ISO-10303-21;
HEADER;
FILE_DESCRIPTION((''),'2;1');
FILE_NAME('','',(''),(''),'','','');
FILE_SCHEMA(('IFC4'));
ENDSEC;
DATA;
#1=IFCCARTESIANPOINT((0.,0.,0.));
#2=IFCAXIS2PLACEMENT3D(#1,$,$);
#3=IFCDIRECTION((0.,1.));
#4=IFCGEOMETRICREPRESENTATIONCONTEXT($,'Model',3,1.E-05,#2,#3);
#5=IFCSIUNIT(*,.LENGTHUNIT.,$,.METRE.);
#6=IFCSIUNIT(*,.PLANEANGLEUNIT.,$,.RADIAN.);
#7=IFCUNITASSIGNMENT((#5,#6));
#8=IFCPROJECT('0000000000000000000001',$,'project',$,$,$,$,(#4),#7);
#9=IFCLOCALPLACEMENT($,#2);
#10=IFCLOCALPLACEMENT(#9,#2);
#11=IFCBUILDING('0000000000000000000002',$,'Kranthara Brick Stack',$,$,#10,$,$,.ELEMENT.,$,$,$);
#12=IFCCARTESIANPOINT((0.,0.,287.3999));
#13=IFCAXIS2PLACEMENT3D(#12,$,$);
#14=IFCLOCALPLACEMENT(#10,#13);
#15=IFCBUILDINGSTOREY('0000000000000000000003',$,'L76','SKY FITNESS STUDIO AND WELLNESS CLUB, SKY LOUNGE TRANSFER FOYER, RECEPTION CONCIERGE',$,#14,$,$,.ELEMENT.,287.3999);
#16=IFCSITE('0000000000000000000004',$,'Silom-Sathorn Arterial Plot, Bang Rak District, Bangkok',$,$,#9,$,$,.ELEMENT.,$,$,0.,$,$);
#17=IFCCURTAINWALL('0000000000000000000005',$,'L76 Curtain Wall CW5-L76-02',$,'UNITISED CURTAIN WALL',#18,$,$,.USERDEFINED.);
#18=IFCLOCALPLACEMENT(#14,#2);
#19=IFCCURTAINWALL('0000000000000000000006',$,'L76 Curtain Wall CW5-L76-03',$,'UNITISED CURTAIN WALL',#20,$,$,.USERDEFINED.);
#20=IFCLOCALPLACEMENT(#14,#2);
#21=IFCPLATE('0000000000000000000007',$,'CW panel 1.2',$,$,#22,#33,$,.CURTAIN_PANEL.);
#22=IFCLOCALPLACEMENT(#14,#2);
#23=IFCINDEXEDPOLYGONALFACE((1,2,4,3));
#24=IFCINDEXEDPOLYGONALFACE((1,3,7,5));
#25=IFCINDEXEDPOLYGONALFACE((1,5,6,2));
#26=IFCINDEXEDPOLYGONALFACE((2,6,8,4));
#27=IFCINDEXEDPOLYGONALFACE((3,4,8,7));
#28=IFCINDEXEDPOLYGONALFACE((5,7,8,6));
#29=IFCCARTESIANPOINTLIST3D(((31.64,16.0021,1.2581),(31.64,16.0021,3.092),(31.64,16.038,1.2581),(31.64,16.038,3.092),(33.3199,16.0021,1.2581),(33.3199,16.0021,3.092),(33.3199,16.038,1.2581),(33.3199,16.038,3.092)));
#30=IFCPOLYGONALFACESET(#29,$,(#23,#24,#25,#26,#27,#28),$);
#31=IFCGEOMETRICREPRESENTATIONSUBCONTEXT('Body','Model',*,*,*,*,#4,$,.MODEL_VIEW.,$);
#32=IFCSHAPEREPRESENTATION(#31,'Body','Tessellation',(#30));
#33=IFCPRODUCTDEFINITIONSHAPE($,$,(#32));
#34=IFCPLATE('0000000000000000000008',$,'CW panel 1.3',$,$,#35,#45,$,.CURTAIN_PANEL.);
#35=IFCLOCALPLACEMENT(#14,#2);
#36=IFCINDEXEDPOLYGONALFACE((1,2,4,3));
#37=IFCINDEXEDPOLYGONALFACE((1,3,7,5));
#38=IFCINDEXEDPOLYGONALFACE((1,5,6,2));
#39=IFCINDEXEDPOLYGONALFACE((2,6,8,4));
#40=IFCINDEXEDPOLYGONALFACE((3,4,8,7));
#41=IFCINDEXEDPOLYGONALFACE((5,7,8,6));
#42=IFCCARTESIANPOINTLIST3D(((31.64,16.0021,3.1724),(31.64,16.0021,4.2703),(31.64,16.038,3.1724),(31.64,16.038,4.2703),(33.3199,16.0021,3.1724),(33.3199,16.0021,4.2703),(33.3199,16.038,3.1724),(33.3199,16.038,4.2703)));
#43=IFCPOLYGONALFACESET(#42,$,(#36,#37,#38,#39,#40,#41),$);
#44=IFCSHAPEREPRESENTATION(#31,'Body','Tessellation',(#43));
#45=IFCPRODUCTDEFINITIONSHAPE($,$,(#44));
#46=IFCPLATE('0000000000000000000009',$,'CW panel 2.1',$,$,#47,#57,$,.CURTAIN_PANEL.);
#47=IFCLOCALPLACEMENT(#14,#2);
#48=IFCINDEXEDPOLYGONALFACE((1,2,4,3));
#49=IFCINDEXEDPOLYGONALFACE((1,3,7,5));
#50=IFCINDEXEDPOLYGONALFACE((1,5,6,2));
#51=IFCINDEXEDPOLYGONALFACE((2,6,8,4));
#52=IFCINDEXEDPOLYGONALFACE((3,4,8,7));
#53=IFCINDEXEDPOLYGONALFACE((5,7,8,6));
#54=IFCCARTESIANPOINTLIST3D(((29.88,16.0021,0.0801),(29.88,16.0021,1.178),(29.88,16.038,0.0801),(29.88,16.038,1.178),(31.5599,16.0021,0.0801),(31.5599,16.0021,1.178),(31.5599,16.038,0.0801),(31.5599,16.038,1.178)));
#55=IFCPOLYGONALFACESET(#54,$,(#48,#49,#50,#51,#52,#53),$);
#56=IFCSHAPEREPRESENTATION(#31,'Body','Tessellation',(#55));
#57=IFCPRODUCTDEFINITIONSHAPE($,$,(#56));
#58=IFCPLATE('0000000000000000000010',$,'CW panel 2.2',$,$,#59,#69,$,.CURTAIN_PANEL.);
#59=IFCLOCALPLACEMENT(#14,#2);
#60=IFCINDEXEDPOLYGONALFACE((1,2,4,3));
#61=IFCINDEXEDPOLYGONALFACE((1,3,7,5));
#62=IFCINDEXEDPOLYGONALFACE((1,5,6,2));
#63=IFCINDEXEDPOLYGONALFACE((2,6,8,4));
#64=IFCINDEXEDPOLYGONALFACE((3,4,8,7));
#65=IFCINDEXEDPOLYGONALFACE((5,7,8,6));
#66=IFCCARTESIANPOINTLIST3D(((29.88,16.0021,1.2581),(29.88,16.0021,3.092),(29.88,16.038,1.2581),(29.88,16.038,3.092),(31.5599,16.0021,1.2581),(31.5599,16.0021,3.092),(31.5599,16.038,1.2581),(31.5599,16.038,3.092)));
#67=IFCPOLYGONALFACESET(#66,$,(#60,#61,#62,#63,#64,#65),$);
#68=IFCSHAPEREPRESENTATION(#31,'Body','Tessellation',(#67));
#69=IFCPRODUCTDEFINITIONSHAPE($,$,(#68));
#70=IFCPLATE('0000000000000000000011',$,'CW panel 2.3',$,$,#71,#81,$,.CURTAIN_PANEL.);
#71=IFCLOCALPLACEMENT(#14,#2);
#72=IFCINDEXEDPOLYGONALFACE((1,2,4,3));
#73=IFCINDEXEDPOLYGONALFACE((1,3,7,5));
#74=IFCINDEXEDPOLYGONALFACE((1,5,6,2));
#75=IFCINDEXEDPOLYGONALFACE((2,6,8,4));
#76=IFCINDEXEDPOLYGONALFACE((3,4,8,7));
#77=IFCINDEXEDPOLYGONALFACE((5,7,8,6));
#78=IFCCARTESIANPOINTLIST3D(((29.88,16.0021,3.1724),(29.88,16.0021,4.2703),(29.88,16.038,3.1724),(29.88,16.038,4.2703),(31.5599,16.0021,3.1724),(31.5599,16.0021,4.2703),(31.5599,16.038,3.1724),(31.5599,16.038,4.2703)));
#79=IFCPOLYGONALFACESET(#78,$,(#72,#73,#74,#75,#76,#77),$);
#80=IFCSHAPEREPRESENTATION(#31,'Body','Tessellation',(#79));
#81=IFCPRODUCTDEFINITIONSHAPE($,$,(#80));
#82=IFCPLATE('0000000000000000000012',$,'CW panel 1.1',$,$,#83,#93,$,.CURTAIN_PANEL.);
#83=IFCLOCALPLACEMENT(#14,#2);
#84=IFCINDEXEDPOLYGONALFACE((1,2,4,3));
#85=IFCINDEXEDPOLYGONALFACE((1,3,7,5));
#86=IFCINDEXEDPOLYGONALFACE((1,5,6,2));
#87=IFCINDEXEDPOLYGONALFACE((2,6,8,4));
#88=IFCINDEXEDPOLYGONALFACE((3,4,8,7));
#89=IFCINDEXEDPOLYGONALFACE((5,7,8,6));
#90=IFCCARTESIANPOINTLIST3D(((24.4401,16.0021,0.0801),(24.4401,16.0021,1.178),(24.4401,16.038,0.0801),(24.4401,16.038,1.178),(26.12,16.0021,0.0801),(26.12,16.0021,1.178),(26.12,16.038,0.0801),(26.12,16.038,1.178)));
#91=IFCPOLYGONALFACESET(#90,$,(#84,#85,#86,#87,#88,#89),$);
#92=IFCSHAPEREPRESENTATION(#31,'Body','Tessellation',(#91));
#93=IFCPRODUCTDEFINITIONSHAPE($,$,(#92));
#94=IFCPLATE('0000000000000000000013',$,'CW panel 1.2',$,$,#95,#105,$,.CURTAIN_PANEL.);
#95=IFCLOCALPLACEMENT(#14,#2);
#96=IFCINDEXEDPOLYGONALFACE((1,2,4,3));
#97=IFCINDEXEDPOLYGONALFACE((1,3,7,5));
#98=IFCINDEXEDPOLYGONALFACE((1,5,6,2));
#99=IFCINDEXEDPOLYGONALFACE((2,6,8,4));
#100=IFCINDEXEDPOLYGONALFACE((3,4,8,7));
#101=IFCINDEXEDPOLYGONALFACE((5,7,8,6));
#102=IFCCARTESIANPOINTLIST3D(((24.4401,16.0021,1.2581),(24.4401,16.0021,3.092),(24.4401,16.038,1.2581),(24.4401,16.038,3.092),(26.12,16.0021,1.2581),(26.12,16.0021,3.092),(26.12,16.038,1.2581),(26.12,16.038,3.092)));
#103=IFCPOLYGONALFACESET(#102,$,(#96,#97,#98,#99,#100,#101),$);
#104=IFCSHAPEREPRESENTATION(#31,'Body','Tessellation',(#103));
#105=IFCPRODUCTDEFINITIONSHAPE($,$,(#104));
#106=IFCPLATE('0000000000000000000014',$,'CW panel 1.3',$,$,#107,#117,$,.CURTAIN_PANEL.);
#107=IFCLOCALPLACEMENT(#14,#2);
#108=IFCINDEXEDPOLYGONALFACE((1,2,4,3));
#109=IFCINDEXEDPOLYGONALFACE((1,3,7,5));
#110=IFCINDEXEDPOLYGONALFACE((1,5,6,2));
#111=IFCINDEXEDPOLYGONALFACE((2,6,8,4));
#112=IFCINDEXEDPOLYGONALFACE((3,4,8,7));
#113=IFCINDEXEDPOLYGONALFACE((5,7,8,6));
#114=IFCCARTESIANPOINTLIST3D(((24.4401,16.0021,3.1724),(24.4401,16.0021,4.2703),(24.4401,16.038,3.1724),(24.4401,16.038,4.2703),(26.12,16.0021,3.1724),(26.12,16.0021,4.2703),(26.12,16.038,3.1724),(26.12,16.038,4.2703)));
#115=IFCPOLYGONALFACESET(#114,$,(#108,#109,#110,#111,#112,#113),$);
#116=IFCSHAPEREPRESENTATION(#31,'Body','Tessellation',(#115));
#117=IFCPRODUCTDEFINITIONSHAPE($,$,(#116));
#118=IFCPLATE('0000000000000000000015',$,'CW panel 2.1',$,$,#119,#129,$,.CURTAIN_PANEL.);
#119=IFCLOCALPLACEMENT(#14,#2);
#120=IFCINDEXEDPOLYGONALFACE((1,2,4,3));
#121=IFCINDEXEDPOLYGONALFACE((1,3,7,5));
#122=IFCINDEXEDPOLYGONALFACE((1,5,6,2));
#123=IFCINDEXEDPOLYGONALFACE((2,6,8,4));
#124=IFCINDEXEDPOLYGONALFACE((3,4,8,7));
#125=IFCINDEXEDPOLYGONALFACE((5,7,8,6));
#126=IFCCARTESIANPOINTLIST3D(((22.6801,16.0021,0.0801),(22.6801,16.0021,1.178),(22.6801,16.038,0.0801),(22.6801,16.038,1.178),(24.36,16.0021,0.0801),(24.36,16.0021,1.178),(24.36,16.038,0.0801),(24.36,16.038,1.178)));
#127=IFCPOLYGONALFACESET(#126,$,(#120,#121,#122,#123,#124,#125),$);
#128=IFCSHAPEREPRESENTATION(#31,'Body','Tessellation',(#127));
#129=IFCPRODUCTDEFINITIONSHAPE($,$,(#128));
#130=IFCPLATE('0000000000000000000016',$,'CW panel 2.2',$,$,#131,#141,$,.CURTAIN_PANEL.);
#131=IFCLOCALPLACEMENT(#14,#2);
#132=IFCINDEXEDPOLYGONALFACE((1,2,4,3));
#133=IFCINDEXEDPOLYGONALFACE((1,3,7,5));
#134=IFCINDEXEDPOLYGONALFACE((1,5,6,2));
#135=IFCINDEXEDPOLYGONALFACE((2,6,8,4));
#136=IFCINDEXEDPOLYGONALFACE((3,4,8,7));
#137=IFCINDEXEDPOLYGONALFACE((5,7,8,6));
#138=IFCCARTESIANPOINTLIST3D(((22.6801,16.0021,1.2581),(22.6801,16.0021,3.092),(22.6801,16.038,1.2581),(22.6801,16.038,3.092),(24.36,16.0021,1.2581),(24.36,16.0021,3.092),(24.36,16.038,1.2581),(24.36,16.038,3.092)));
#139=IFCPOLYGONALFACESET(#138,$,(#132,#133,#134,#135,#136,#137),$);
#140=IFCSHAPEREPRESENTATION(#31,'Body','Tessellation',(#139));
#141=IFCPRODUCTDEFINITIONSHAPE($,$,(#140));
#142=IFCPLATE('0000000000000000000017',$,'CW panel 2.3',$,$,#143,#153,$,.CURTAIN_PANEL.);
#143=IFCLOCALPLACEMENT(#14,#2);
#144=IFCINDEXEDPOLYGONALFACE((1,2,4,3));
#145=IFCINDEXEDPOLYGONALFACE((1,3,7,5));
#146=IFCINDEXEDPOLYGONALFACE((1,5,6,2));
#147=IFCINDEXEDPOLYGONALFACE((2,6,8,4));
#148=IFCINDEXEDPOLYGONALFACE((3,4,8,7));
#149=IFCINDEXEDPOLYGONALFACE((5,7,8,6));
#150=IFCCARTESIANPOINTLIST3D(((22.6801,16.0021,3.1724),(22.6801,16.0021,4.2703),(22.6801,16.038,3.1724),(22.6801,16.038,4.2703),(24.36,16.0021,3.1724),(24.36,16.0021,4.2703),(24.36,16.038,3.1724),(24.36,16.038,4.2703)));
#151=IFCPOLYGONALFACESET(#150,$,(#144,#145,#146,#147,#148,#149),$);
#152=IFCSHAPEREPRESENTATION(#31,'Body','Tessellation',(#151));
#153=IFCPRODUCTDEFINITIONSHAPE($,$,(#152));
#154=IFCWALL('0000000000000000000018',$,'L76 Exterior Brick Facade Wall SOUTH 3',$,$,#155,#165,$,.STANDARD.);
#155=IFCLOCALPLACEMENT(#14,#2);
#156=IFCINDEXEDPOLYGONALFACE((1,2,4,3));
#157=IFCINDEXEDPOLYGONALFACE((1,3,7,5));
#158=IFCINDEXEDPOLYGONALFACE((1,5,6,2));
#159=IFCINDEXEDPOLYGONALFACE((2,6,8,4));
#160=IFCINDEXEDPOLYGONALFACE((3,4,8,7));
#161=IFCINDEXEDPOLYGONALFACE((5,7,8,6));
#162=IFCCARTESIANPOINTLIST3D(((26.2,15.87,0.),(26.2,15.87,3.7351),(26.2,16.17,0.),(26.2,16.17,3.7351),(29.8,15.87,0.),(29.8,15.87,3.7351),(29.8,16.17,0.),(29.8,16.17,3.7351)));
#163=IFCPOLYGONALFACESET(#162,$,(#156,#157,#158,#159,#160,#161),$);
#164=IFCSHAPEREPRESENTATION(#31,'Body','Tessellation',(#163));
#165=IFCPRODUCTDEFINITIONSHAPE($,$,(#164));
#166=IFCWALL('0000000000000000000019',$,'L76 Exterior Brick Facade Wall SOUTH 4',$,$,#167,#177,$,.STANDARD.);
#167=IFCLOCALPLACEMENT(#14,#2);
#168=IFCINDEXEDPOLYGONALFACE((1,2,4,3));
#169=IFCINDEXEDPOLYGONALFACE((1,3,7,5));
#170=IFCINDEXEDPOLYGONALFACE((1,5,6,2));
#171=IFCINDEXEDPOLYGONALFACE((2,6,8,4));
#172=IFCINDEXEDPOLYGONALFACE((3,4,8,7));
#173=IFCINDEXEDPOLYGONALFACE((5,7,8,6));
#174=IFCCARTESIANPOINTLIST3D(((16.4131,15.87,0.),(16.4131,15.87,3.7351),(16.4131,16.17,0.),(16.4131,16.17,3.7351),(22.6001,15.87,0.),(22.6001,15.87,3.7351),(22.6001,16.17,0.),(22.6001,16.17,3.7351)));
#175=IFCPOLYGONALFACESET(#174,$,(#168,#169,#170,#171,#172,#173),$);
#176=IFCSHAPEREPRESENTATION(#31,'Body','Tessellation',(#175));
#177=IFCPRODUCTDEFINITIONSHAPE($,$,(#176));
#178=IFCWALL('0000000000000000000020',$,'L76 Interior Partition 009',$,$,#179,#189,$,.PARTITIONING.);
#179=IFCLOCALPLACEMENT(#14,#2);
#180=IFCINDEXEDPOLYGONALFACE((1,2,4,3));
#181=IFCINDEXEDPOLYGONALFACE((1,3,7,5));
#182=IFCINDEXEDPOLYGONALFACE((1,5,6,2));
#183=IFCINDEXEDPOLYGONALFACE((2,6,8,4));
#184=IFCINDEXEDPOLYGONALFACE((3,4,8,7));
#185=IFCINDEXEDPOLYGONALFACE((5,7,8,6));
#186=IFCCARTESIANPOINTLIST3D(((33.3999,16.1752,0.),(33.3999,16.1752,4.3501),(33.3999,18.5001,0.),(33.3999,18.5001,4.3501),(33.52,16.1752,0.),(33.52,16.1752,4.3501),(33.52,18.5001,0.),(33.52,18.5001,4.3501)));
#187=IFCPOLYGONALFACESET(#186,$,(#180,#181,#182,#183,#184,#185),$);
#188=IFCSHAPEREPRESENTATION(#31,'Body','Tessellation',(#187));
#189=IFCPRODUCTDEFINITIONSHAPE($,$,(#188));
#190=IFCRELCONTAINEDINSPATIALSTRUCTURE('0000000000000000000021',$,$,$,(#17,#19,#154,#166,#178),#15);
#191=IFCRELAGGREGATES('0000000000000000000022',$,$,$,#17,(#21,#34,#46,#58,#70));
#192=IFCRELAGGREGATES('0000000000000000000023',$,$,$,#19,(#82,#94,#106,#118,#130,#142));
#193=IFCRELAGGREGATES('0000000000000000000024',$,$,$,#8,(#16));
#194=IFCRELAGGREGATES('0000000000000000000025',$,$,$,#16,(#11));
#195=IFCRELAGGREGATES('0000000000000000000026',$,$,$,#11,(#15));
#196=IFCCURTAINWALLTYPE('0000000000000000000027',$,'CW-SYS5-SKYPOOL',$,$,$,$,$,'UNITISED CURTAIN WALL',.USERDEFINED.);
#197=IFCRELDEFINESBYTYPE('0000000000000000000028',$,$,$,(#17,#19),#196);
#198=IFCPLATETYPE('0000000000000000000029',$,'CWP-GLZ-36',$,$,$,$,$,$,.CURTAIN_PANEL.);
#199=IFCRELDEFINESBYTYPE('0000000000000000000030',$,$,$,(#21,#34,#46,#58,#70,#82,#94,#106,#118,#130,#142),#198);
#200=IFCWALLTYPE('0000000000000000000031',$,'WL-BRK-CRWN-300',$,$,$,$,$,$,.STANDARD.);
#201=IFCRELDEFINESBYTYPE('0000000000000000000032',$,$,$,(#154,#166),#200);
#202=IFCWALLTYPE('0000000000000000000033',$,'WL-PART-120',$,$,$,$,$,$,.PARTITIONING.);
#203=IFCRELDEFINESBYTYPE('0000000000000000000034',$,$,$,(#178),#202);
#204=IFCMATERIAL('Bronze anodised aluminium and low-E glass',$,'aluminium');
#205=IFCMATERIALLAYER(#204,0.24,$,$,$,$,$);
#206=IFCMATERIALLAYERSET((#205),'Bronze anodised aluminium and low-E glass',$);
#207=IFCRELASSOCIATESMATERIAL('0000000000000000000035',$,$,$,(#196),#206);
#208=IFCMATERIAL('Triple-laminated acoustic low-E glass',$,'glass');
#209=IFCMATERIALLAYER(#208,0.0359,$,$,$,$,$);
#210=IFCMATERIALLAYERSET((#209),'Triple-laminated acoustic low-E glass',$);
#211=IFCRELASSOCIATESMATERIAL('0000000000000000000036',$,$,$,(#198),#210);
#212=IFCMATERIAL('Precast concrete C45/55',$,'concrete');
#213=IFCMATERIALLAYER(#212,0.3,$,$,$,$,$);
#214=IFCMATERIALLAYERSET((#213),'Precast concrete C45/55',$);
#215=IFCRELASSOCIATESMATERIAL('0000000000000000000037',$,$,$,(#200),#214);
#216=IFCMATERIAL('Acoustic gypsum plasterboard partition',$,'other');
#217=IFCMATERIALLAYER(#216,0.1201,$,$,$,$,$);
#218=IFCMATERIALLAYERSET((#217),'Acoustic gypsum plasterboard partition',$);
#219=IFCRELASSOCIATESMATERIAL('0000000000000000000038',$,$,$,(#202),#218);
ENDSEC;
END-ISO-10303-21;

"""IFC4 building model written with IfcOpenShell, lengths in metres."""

from ifc_helpers import new_model, si_unit, direction, frame, frame_2d, origin, origin_2d, place, context, subcontext, project, spatial, rectangle, extrude, material, layer, layer_set, type_object, element, aggregate, save


model = new_model("IFC4")

# Units and contexts
model_context = context("Model", 3, precision=1e-05, world=origin(), true_north=direction((0.0, 1.0)))
body_context = subcontext(model_context, "Body", "Model", "MODEL_VIEW")
ifc_project = project(units=[si_unit("LENGTHUNIT", "METRE"), si_unit("PLANEANGLEUNIT", "RADIAN")], contexts=[model_context])

# Site, building, storey
site_placement = place(None, origin())
site = spatial("IfcSite", under=ifc_project, at=site_placement, Name="Silom-Sathorn Arterial Plot, Bang Rak District, Bangkok", CompositionType="ELEMENT", RefElevation=0.0)
building_placement = place(site_placement, origin())
building = spatial("IfcBuilding", under=site, at=building_placement, Name="Kranthara Brick Stack", CompositionType="ELEMENT")
storey_placement = place(building_placement, frame((0.0, 0.0, 287.3999)))
storey = spatial("IfcBuildingStorey", under=building, at=storey_placement, Name="L76", Description="SKY FITNESS STUDIO AND WELLNESS CLUB, SKY LOUNGE TRANSFER FOYER, RECEPTION CONCIERGE", CompositionType="ELEMENT", Elevation=287.3999)

# Curtain walls
ifc_material_1 = material(Name="Bronze anodised aluminium and low-E glass", Category="aluminium")
ifc_layer_1 = layer(ifc_material_1, 0.24)
ifc_layer_set_1 = layer_set([ifc_layer_1], Name="Bronze anodised aluminium and low-E glass")
curtain_wall_type = type_object("IfcCurtainWallType", Name="CW-SYS5-SKYPOOL", ElementType="UNITISED CURTAIN WALL", PredefinedType="USERDEFINED", material=ifc_layer_set_1)
curtain_wall_1_placement = place(storey_placement, origin())
curtain_wall_1 = element("IfcCurtainWall", 1, at=curtain_wall_1_placement, inside=storey, type_object=curtain_wall_type, Name="L76 Curtain Wall CW5-L76-02", ObjectType="UNITISED CURTAIN WALL", PredefinedType="USERDEFINED")
curtain_wall_2_placement = place(storey_placement, origin())
curtain_wall_2 = element("IfcCurtainWall", 2, at=curtain_wall_2_placement, inside=storey, type_object=curtain_wall_type, Name="L76 Curtain Wall CW5-L76-03", ObjectType="UNITISED CURTAIN WALL", PredefinedType="USERDEFINED")

# Plates
ifc_material_2 = material(Name="Triple-laminated acoustic low-E glass", Category="glass")
ifc_layer_2 = layer(ifc_material_2, 0.0359)
ifc_layer_set_2 = layer_set([ifc_layer_2], Name="Triple-laminated acoustic low-E glass")
plate_type = type_object("IfcPlateType", Name="CWP-GLZ-36", PredefinedType="CURTAIN_PANEL", material=ifc_layer_set_2)
plate_1_placement = place(storey_placement, frame((32.48, 16.02, 1.2581), z_axis=(0.0, 0.0, 1.0), x_axis=(-1.0, 0.0, 0.0)))
plate_1 = element("IfcPlate", 3, at=plate_1_placement, type_object=plate_type, Name="CW panel 1.2", PredefinedType="CURTAIN_PANEL", context=body_context, shape_type="SweptSolid", body=[
    extrude(rectangle(XDim=1.6799, YDim=0.0359, at=origin_2d()), origin(), (0.0, 0.0, 1.0), 1.834),
])
plate_2_placement = place(storey_placement, frame((32.48, 16.02, 3.1724), z_axis=(0.0, 0.0, 1.0), x_axis=(-1.0, 0.0, 0.0)))
plate_2 = element("IfcPlate", 4, at=plate_2_placement, type_object=plate_type, Name="CW panel 1.3", PredefinedType="CURTAIN_PANEL", context=body_context, shape_type="SweptSolid", body=[
    extrude(rectangle(XDim=1.6799, YDim=0.0359, at=origin_2d()), origin(), (0.0, 0.0, 1.0), 1.0979),
])
plate_3_placement = place(storey_placement, frame((30.72, 16.02, 0.0801), z_axis=(0.0, 0.0, 1.0), x_axis=(-1.0, 0.0, 0.0)))
plate_3 = element("IfcPlate", 5, at=plate_3_placement, type_object=plate_type, Name="CW panel 2.1", PredefinedType="CURTAIN_PANEL", context=body_context, shape_type="SweptSolid", body=[
    extrude(rectangle(XDim=1.6799, YDim=0.0359, at=origin_2d()), origin(), (0.0, 0.0, 1.0), 1.0979),
])
plate_4_placement = place(storey_placement, frame((30.72, 16.02, 1.2581), z_axis=(0.0, 0.0, 1.0), x_axis=(-1.0, 0.0, 0.0)))
plate_4 = element("IfcPlate", 6, at=plate_4_placement, type_object=plate_type, Name="CW panel 2.2", PredefinedType="CURTAIN_PANEL", context=body_context, shape_type="SweptSolid", body=[
    extrude(rectangle(XDim=1.6799, YDim=0.0359, at=origin_2d()), origin(), (0.0, 0.0, 1.0), 1.834),
])
plate_5_placement = place(storey_placement, frame((30.72, 16.02, 3.1724), z_axis=(0.0, 0.0, 1.0), x_axis=(-1.0, 0.0, 0.0)))
plate_5 = element("IfcPlate", 7, at=plate_5_placement, type_object=plate_type, Name="CW panel 2.3", PredefinedType="CURTAIN_PANEL", context=body_context, shape_type="SweptSolid", body=[
    extrude(rectangle(XDim=1.6799, YDim=0.0359, at=origin_2d()), origin(), (0.0, 0.0, 1.0), 1.0979),
])
aggregate(curtain_wall_1, [plate_1, plate_2, plate_3, plate_4, plate_5])
plate_6_placement = place(storey_placement, frame((25.28, 16.02, 0.0801), z_axis=(0.0, 0.0, 1.0), x_axis=(-1.0, 0.0, 0.0)))
plate_6 = element("IfcPlate", 8, at=plate_6_placement, type_object=plate_type, Name="CW panel 1.1", PredefinedType="CURTAIN_PANEL", context=body_context, shape_type="SweptSolid", body=[
    extrude(rectangle(XDim=1.6799, YDim=0.0359, at=origin_2d()), origin(), (0.0, 0.0, 1.0), 1.0979),
])
plate_7_placement = place(storey_placement, frame((25.28, 16.02, 1.2581), z_axis=(0.0, 0.0, 1.0), x_axis=(-1.0, 0.0, 0.0)))
plate_7 = element("IfcPlate", 9, at=plate_7_placement, type_object=plate_type, Name="CW panel 1.2", PredefinedType="CURTAIN_PANEL", context=body_context, shape_type="SweptSolid", body=[
    extrude(rectangle(XDim=1.6799, YDim=0.0359, at=origin_2d()), origin(), (0.0, 0.0, 1.0), 1.834),
])
plate_8_placement = place(storey_placement, frame((25.28, 16.02, 3.1724), z_axis=(0.0, 0.0, 1.0), x_axis=(-1.0, 0.0, 0.0)))
plate_8 = element("IfcPlate", 10, at=plate_8_placement, type_object=plate_type, Name="CW panel 1.3", PredefinedType="CURTAIN_PANEL", context=body_context, shape_type="SweptSolid", body=[
    extrude(rectangle(XDim=1.6799, YDim=0.0359, at=origin_2d()), origin(), (0.0, 0.0, 1.0), 1.0979),
])
plate_9_placement = place(storey_placement, frame((23.52, 16.02, 0.0801), z_axis=(0.0, 0.0, 1.0), x_axis=(-1.0, 0.0, 0.0)))
plate_9 = element("IfcPlate", 11, at=plate_9_placement, type_object=plate_type, Name="CW panel 2.1", PredefinedType="CURTAIN_PANEL", context=body_context, shape_type="SweptSolid", body=[
    extrude(rectangle(XDim=1.6799, YDim=0.0359, at=origin_2d()), origin(), (0.0, 0.0, 1.0), 1.0979),
])
plate_10_placement = place(storey_placement, frame((23.52, 16.02, 1.2581), z_axis=(0.0, 0.0, 1.0), x_axis=(-1.0, 0.0, 0.0)))
plate_10 = element("IfcPlate", 12, at=plate_10_placement, type_object=plate_type, Name="CW panel 2.2", PredefinedType="CURTAIN_PANEL", context=body_context, shape_type="SweptSolid", body=[
    extrude(rectangle(XDim=1.6799, YDim=0.0359, at=origin_2d()), origin(), (0.0, 0.0, 1.0), 1.834),
])
plate_11_placement = place(storey_placement, frame((23.52, 16.02, 3.1724), z_axis=(0.0, 0.0, 1.0), x_axis=(-1.0, 0.0, 0.0)))
plate_11 = element("IfcPlate", 13, at=plate_11_placement, type_object=plate_type, Name="CW panel 2.3", PredefinedType="CURTAIN_PANEL", context=body_context, shape_type="SweptSolid", body=[
    extrude(rectangle(XDim=1.6799, YDim=0.0359, at=origin_2d()), origin(), (0.0, 0.0, 1.0), 1.0979),
])
aggregate(curtain_wall_2, [plate_6, plate_7, plate_8, plate_9, plate_10, plate_11])

# Walls
ifc_material_3 = material(Name="Precast concrete C45/55", Category="concrete")
ifc_layer_3 = layer(ifc_material_3, 0.3)
ifc_layer_set_3 = layer_set([ifc_layer_3], Name="Precast concrete C45/55")
wall_type_1 = type_object("IfcWallType", Name="WL-BRK-CRWN-300", PredefinedType="STANDARD", material=ifc_layer_set_3)
wall_1_placement = place(storey_placement, frame((29.8, 16.02, 0.0), z_axis=(0.0, 0.0, 1.0), x_axis=(-1.0, 0.0, 0.0)))
element("IfcWall", 14, at=wall_1_placement, inside=storey, type_object=wall_type_1, Name="L76 Exterior Brick Facade Wall SOUTH 3", PredefinedType="STANDARD", context=body_context, shape_type="SweptSolid", body=[
    extrude(rectangle(XDim=3.6001, YDim=0.3, at=frame_2d((1.8, 0.0))), origin(), (0.0, 0.0, 1.0), 3.7351),
])
wall_2_placement = place(storey_placement, frame((22.6001, 16.02, 0.0), z_axis=(0.0, 0.0, 1.0), x_axis=(-1.0, 0.0, 0.0)))
element("IfcWall", 15, at=wall_2_placement, inside=storey, type_object=wall_type_1, Name="L76 Exterior Brick Facade Wall SOUTH 4", PredefinedType="STANDARD", context=body_context, shape_type="SweptSolid", body=[
    extrude(rectangle(XDim=6.187, YDim=0.3, at=frame_2d((3.0935, 0.0))), origin(), (0.0, 0.0, 1.0), 3.7351),
])
ifc_material_4 = material(Name="Acoustic gypsum plasterboard partition", Category="other")
ifc_layer_4 = layer(ifc_material_4, 0.1201)
ifc_layer_set_4 = layer_set([ifc_layer_4], Name="Acoustic gypsum plasterboard partition")
wall_type_2 = type_object("IfcWallType", Name="WL-PART-120", PredefinedType="PARTITIONING", material=ifc_layer_set_4)
wall_3_placement = place(storey_placement, frame((33.46, 16.175, 0.0), z_axis=(0.0, 0.0, 1.0), x_axis=(0.0, 1.0, 0.0)))
element("IfcWall", 16, at=wall_3_placement, inside=storey, type_object=wall_type_2, Name="L76 Interior Partition 009", PredefinedType="PARTITIONING", context=body_context, shape_type="SweptSolid", body=[
    extrude(rectangle(XDim=2.325, YDim=0.1201, at=frame_2d((1.1626, 0.0))), origin(), (0.0, 0.0, 1.0), 4.3501),
])

save(model, "model.ifc")
